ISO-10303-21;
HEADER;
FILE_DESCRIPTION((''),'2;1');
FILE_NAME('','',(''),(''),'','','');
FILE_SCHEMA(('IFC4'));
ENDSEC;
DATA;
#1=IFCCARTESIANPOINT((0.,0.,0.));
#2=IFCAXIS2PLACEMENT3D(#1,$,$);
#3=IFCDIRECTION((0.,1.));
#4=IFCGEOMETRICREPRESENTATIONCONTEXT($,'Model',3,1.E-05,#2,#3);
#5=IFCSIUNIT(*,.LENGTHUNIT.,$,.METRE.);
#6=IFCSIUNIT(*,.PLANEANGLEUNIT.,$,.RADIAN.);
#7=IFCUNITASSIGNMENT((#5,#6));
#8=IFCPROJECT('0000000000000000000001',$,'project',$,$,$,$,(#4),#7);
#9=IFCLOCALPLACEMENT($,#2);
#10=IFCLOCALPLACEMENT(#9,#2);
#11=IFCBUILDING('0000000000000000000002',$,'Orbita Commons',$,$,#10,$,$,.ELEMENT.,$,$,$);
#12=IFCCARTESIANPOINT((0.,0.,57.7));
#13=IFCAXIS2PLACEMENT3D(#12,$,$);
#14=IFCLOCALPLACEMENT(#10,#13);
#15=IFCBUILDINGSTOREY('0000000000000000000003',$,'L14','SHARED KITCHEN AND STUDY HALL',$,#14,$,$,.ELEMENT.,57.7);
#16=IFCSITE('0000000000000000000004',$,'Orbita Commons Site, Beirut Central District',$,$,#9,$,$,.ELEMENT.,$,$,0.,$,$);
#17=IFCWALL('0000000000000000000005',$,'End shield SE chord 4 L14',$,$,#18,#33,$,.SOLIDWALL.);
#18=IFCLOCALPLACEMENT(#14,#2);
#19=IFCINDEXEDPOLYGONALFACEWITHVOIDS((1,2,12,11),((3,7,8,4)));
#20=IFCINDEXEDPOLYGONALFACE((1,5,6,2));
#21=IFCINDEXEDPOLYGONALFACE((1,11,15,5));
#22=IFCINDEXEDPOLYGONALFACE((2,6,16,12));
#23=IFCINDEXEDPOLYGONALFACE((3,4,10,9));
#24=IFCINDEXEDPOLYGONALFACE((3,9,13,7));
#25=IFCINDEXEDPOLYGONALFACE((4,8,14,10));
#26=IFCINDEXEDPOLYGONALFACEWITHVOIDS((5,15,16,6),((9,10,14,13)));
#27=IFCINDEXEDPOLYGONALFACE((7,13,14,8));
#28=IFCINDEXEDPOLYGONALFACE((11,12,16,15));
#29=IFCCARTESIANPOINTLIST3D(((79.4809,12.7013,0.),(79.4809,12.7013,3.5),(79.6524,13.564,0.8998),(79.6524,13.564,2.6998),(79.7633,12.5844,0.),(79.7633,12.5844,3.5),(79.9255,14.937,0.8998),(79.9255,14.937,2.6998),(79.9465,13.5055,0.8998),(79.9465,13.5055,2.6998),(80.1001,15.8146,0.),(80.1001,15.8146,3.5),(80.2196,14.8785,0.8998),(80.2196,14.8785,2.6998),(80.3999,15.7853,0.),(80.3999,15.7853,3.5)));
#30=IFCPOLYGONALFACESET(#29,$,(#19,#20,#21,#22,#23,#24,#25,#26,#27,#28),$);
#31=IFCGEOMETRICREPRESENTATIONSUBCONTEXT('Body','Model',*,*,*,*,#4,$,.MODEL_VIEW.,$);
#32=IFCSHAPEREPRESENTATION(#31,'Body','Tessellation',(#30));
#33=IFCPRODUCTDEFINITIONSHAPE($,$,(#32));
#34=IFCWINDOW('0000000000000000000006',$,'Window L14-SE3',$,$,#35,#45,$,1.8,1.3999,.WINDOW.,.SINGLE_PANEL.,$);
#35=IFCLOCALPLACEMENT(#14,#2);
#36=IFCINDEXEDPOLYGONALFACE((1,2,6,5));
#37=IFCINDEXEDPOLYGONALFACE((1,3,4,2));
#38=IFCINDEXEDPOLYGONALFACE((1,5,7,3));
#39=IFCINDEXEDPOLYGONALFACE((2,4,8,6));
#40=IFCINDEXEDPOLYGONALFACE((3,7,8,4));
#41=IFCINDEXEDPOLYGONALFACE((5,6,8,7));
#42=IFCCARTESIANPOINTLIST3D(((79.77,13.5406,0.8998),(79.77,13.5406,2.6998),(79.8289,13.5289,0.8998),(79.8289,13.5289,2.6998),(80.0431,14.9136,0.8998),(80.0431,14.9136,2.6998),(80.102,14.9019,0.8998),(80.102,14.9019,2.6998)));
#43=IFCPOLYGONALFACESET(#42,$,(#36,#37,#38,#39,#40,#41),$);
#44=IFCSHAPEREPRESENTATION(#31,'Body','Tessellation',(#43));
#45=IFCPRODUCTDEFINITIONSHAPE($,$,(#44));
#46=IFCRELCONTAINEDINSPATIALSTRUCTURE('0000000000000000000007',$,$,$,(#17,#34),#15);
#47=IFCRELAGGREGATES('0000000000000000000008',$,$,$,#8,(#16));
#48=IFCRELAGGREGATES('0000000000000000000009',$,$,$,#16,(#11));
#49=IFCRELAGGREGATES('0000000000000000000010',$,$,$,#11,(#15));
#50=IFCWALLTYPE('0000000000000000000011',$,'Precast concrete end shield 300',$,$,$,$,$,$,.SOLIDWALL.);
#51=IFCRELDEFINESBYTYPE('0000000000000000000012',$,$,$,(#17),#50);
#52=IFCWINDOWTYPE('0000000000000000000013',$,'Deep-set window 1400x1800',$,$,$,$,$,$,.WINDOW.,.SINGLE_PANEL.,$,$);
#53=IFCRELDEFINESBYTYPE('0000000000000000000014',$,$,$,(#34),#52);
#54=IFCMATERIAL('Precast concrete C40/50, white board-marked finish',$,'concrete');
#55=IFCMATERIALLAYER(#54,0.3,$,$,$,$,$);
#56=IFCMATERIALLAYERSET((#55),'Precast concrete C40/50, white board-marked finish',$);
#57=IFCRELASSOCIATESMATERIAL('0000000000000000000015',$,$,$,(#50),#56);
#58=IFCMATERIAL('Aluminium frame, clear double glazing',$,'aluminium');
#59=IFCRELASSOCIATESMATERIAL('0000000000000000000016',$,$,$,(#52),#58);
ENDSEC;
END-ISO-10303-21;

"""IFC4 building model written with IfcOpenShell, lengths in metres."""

from ifc_helpers import new_model, si_unit, direction, frame, frame_2d, origin, place, context, subcontext, project, spatial, polyline, rectangle, outline, extrude, material, layer, layer_set, type_object, element, fill, save


model = new_model("IFC4")

# Units and contexts
model_context = context("Model", 3, precision=1e-05, world=origin(), true_north=direction((0.0, 1.0)))
body_context = subcontext(model_context, "Body", "Model", "MODEL_VIEW")
ifc_project = project(units=[si_unit("LENGTHUNIT", "METRE"), si_unit("PLANEANGLEUNIT", "RADIAN")], contexts=[model_context])

# Site, building, storey
site_placement = place(None, origin())
site = spatial("IfcSite", under=ifc_project, at=site_placement, Name="Orbita Commons Site, Beirut Central District", CompositionType="ELEMENT", RefElevation=0.0)
building_placement = place(site_placement, origin())
building = spatial("IfcBuilding", under=site, at=building_placement, Name="Orbita Commons", CompositionType="ELEMENT")
storey_placement = place(building_placement, frame((0.0, 0.0, 57.7)))
storey = spatial("IfcBuildingStorey", under=building, at=storey_placement, Name="L14", Description="SHARED KITCHEN AND STUDY HALL", CompositionType="ELEMENT", Elevation=57.7)

# Wall, opening, window
ifc_material_1 = material(Name="Precast concrete C40/50, white board-marked finish", Category="concrete")
ifc_layer_1 = layer(ifc_material_1, 0.3)
ifc_layer_set_1 = layer_set([ifc_layer_1], Name="Precast concrete C40/50, white board-marked finish")
wall_type_1 = type_object("IfcWallType", Name="Precast concrete end shield 300", PredefinedType="SOLIDWALL", material=ifc_layer_set_1)
wall_1_placement = place(storey_placement, frame((79.6221, 12.6428, 0.0), z_axis=(0.0, 0.0, 1.0), x_axis=(0.195066, 0.98079, 0.0)))
wall_1 = element("IfcWall", 1, at=wall_1_placement, inside=storey, type_object=wall_type_1, Name="End shield SE chord 4 L14", PredefinedType="SOLIDWALL", context=body_context, shape_type="SweptSolid", body=[
    extrude(outline(polyline([(-0.0298, -0.1499), (3.2339, -0.1499), (3.2041, 0.1499), (0.0298, 0.1499), (-0.0298, -0.1499)])), origin(), (0.0, 0.0, 1.0), 3.5),
])
opening_1_placement = place(wall_1_placement, frame((0.9094, 0.0, 0.8999)))
opening_1 = element("IfcOpeningElement", 2, at=opening_1_placement, cuts=wall_1, PredefinedType="OPENING", context=body_context, shape_type="SweptSolid", body=[
    extrude(rectangle(XDim=1.3999, YDim=1.8, at=frame_2d((0.7, 0.8999))), frame((0.0, 0.1599, 0.0), z_axis=(0.0, -1.0, 0.0), x_axis=(1.0, 0.0, 0.0)), (0.0, 0.0, 1.0), 0.3201),
])
ifc_material_2 = material(Name="Aluminium frame, clear double glazing", Category="aluminium")
window_type = type_object("IfcWindowType", Name="Deep-set window 1400x1800", PartitioningType="SINGLE_PANEL", PredefinedType="WINDOW", material=ifc_material_2)
window_placement = place(opening_1_placement, origin())
window = element("IfcWindow", 3, at=window_placement, inside=storey, type_object=window_type, Name="Window L14-SE3", OverallHeight=1.8, OverallWidth=1.3999, PartitioningType="SINGLE_PANEL", PredefinedType="WINDOW", context=body_context, shape_type="SweptSolid", body=[
    extrude(rectangle(XDim=1.3999, YDim=1.8, at=frame_2d((0.7, 0.8999))), frame((0.0, 0.03, 0.0), z_axis=(0.0, -1.0, 0.0), x_axis=(1.0, 0.0, 0.0)), (0.0, 0.0, 1.0), 0.0601),
])
fill(opening_1, window)

save(model, "model.ifc")
